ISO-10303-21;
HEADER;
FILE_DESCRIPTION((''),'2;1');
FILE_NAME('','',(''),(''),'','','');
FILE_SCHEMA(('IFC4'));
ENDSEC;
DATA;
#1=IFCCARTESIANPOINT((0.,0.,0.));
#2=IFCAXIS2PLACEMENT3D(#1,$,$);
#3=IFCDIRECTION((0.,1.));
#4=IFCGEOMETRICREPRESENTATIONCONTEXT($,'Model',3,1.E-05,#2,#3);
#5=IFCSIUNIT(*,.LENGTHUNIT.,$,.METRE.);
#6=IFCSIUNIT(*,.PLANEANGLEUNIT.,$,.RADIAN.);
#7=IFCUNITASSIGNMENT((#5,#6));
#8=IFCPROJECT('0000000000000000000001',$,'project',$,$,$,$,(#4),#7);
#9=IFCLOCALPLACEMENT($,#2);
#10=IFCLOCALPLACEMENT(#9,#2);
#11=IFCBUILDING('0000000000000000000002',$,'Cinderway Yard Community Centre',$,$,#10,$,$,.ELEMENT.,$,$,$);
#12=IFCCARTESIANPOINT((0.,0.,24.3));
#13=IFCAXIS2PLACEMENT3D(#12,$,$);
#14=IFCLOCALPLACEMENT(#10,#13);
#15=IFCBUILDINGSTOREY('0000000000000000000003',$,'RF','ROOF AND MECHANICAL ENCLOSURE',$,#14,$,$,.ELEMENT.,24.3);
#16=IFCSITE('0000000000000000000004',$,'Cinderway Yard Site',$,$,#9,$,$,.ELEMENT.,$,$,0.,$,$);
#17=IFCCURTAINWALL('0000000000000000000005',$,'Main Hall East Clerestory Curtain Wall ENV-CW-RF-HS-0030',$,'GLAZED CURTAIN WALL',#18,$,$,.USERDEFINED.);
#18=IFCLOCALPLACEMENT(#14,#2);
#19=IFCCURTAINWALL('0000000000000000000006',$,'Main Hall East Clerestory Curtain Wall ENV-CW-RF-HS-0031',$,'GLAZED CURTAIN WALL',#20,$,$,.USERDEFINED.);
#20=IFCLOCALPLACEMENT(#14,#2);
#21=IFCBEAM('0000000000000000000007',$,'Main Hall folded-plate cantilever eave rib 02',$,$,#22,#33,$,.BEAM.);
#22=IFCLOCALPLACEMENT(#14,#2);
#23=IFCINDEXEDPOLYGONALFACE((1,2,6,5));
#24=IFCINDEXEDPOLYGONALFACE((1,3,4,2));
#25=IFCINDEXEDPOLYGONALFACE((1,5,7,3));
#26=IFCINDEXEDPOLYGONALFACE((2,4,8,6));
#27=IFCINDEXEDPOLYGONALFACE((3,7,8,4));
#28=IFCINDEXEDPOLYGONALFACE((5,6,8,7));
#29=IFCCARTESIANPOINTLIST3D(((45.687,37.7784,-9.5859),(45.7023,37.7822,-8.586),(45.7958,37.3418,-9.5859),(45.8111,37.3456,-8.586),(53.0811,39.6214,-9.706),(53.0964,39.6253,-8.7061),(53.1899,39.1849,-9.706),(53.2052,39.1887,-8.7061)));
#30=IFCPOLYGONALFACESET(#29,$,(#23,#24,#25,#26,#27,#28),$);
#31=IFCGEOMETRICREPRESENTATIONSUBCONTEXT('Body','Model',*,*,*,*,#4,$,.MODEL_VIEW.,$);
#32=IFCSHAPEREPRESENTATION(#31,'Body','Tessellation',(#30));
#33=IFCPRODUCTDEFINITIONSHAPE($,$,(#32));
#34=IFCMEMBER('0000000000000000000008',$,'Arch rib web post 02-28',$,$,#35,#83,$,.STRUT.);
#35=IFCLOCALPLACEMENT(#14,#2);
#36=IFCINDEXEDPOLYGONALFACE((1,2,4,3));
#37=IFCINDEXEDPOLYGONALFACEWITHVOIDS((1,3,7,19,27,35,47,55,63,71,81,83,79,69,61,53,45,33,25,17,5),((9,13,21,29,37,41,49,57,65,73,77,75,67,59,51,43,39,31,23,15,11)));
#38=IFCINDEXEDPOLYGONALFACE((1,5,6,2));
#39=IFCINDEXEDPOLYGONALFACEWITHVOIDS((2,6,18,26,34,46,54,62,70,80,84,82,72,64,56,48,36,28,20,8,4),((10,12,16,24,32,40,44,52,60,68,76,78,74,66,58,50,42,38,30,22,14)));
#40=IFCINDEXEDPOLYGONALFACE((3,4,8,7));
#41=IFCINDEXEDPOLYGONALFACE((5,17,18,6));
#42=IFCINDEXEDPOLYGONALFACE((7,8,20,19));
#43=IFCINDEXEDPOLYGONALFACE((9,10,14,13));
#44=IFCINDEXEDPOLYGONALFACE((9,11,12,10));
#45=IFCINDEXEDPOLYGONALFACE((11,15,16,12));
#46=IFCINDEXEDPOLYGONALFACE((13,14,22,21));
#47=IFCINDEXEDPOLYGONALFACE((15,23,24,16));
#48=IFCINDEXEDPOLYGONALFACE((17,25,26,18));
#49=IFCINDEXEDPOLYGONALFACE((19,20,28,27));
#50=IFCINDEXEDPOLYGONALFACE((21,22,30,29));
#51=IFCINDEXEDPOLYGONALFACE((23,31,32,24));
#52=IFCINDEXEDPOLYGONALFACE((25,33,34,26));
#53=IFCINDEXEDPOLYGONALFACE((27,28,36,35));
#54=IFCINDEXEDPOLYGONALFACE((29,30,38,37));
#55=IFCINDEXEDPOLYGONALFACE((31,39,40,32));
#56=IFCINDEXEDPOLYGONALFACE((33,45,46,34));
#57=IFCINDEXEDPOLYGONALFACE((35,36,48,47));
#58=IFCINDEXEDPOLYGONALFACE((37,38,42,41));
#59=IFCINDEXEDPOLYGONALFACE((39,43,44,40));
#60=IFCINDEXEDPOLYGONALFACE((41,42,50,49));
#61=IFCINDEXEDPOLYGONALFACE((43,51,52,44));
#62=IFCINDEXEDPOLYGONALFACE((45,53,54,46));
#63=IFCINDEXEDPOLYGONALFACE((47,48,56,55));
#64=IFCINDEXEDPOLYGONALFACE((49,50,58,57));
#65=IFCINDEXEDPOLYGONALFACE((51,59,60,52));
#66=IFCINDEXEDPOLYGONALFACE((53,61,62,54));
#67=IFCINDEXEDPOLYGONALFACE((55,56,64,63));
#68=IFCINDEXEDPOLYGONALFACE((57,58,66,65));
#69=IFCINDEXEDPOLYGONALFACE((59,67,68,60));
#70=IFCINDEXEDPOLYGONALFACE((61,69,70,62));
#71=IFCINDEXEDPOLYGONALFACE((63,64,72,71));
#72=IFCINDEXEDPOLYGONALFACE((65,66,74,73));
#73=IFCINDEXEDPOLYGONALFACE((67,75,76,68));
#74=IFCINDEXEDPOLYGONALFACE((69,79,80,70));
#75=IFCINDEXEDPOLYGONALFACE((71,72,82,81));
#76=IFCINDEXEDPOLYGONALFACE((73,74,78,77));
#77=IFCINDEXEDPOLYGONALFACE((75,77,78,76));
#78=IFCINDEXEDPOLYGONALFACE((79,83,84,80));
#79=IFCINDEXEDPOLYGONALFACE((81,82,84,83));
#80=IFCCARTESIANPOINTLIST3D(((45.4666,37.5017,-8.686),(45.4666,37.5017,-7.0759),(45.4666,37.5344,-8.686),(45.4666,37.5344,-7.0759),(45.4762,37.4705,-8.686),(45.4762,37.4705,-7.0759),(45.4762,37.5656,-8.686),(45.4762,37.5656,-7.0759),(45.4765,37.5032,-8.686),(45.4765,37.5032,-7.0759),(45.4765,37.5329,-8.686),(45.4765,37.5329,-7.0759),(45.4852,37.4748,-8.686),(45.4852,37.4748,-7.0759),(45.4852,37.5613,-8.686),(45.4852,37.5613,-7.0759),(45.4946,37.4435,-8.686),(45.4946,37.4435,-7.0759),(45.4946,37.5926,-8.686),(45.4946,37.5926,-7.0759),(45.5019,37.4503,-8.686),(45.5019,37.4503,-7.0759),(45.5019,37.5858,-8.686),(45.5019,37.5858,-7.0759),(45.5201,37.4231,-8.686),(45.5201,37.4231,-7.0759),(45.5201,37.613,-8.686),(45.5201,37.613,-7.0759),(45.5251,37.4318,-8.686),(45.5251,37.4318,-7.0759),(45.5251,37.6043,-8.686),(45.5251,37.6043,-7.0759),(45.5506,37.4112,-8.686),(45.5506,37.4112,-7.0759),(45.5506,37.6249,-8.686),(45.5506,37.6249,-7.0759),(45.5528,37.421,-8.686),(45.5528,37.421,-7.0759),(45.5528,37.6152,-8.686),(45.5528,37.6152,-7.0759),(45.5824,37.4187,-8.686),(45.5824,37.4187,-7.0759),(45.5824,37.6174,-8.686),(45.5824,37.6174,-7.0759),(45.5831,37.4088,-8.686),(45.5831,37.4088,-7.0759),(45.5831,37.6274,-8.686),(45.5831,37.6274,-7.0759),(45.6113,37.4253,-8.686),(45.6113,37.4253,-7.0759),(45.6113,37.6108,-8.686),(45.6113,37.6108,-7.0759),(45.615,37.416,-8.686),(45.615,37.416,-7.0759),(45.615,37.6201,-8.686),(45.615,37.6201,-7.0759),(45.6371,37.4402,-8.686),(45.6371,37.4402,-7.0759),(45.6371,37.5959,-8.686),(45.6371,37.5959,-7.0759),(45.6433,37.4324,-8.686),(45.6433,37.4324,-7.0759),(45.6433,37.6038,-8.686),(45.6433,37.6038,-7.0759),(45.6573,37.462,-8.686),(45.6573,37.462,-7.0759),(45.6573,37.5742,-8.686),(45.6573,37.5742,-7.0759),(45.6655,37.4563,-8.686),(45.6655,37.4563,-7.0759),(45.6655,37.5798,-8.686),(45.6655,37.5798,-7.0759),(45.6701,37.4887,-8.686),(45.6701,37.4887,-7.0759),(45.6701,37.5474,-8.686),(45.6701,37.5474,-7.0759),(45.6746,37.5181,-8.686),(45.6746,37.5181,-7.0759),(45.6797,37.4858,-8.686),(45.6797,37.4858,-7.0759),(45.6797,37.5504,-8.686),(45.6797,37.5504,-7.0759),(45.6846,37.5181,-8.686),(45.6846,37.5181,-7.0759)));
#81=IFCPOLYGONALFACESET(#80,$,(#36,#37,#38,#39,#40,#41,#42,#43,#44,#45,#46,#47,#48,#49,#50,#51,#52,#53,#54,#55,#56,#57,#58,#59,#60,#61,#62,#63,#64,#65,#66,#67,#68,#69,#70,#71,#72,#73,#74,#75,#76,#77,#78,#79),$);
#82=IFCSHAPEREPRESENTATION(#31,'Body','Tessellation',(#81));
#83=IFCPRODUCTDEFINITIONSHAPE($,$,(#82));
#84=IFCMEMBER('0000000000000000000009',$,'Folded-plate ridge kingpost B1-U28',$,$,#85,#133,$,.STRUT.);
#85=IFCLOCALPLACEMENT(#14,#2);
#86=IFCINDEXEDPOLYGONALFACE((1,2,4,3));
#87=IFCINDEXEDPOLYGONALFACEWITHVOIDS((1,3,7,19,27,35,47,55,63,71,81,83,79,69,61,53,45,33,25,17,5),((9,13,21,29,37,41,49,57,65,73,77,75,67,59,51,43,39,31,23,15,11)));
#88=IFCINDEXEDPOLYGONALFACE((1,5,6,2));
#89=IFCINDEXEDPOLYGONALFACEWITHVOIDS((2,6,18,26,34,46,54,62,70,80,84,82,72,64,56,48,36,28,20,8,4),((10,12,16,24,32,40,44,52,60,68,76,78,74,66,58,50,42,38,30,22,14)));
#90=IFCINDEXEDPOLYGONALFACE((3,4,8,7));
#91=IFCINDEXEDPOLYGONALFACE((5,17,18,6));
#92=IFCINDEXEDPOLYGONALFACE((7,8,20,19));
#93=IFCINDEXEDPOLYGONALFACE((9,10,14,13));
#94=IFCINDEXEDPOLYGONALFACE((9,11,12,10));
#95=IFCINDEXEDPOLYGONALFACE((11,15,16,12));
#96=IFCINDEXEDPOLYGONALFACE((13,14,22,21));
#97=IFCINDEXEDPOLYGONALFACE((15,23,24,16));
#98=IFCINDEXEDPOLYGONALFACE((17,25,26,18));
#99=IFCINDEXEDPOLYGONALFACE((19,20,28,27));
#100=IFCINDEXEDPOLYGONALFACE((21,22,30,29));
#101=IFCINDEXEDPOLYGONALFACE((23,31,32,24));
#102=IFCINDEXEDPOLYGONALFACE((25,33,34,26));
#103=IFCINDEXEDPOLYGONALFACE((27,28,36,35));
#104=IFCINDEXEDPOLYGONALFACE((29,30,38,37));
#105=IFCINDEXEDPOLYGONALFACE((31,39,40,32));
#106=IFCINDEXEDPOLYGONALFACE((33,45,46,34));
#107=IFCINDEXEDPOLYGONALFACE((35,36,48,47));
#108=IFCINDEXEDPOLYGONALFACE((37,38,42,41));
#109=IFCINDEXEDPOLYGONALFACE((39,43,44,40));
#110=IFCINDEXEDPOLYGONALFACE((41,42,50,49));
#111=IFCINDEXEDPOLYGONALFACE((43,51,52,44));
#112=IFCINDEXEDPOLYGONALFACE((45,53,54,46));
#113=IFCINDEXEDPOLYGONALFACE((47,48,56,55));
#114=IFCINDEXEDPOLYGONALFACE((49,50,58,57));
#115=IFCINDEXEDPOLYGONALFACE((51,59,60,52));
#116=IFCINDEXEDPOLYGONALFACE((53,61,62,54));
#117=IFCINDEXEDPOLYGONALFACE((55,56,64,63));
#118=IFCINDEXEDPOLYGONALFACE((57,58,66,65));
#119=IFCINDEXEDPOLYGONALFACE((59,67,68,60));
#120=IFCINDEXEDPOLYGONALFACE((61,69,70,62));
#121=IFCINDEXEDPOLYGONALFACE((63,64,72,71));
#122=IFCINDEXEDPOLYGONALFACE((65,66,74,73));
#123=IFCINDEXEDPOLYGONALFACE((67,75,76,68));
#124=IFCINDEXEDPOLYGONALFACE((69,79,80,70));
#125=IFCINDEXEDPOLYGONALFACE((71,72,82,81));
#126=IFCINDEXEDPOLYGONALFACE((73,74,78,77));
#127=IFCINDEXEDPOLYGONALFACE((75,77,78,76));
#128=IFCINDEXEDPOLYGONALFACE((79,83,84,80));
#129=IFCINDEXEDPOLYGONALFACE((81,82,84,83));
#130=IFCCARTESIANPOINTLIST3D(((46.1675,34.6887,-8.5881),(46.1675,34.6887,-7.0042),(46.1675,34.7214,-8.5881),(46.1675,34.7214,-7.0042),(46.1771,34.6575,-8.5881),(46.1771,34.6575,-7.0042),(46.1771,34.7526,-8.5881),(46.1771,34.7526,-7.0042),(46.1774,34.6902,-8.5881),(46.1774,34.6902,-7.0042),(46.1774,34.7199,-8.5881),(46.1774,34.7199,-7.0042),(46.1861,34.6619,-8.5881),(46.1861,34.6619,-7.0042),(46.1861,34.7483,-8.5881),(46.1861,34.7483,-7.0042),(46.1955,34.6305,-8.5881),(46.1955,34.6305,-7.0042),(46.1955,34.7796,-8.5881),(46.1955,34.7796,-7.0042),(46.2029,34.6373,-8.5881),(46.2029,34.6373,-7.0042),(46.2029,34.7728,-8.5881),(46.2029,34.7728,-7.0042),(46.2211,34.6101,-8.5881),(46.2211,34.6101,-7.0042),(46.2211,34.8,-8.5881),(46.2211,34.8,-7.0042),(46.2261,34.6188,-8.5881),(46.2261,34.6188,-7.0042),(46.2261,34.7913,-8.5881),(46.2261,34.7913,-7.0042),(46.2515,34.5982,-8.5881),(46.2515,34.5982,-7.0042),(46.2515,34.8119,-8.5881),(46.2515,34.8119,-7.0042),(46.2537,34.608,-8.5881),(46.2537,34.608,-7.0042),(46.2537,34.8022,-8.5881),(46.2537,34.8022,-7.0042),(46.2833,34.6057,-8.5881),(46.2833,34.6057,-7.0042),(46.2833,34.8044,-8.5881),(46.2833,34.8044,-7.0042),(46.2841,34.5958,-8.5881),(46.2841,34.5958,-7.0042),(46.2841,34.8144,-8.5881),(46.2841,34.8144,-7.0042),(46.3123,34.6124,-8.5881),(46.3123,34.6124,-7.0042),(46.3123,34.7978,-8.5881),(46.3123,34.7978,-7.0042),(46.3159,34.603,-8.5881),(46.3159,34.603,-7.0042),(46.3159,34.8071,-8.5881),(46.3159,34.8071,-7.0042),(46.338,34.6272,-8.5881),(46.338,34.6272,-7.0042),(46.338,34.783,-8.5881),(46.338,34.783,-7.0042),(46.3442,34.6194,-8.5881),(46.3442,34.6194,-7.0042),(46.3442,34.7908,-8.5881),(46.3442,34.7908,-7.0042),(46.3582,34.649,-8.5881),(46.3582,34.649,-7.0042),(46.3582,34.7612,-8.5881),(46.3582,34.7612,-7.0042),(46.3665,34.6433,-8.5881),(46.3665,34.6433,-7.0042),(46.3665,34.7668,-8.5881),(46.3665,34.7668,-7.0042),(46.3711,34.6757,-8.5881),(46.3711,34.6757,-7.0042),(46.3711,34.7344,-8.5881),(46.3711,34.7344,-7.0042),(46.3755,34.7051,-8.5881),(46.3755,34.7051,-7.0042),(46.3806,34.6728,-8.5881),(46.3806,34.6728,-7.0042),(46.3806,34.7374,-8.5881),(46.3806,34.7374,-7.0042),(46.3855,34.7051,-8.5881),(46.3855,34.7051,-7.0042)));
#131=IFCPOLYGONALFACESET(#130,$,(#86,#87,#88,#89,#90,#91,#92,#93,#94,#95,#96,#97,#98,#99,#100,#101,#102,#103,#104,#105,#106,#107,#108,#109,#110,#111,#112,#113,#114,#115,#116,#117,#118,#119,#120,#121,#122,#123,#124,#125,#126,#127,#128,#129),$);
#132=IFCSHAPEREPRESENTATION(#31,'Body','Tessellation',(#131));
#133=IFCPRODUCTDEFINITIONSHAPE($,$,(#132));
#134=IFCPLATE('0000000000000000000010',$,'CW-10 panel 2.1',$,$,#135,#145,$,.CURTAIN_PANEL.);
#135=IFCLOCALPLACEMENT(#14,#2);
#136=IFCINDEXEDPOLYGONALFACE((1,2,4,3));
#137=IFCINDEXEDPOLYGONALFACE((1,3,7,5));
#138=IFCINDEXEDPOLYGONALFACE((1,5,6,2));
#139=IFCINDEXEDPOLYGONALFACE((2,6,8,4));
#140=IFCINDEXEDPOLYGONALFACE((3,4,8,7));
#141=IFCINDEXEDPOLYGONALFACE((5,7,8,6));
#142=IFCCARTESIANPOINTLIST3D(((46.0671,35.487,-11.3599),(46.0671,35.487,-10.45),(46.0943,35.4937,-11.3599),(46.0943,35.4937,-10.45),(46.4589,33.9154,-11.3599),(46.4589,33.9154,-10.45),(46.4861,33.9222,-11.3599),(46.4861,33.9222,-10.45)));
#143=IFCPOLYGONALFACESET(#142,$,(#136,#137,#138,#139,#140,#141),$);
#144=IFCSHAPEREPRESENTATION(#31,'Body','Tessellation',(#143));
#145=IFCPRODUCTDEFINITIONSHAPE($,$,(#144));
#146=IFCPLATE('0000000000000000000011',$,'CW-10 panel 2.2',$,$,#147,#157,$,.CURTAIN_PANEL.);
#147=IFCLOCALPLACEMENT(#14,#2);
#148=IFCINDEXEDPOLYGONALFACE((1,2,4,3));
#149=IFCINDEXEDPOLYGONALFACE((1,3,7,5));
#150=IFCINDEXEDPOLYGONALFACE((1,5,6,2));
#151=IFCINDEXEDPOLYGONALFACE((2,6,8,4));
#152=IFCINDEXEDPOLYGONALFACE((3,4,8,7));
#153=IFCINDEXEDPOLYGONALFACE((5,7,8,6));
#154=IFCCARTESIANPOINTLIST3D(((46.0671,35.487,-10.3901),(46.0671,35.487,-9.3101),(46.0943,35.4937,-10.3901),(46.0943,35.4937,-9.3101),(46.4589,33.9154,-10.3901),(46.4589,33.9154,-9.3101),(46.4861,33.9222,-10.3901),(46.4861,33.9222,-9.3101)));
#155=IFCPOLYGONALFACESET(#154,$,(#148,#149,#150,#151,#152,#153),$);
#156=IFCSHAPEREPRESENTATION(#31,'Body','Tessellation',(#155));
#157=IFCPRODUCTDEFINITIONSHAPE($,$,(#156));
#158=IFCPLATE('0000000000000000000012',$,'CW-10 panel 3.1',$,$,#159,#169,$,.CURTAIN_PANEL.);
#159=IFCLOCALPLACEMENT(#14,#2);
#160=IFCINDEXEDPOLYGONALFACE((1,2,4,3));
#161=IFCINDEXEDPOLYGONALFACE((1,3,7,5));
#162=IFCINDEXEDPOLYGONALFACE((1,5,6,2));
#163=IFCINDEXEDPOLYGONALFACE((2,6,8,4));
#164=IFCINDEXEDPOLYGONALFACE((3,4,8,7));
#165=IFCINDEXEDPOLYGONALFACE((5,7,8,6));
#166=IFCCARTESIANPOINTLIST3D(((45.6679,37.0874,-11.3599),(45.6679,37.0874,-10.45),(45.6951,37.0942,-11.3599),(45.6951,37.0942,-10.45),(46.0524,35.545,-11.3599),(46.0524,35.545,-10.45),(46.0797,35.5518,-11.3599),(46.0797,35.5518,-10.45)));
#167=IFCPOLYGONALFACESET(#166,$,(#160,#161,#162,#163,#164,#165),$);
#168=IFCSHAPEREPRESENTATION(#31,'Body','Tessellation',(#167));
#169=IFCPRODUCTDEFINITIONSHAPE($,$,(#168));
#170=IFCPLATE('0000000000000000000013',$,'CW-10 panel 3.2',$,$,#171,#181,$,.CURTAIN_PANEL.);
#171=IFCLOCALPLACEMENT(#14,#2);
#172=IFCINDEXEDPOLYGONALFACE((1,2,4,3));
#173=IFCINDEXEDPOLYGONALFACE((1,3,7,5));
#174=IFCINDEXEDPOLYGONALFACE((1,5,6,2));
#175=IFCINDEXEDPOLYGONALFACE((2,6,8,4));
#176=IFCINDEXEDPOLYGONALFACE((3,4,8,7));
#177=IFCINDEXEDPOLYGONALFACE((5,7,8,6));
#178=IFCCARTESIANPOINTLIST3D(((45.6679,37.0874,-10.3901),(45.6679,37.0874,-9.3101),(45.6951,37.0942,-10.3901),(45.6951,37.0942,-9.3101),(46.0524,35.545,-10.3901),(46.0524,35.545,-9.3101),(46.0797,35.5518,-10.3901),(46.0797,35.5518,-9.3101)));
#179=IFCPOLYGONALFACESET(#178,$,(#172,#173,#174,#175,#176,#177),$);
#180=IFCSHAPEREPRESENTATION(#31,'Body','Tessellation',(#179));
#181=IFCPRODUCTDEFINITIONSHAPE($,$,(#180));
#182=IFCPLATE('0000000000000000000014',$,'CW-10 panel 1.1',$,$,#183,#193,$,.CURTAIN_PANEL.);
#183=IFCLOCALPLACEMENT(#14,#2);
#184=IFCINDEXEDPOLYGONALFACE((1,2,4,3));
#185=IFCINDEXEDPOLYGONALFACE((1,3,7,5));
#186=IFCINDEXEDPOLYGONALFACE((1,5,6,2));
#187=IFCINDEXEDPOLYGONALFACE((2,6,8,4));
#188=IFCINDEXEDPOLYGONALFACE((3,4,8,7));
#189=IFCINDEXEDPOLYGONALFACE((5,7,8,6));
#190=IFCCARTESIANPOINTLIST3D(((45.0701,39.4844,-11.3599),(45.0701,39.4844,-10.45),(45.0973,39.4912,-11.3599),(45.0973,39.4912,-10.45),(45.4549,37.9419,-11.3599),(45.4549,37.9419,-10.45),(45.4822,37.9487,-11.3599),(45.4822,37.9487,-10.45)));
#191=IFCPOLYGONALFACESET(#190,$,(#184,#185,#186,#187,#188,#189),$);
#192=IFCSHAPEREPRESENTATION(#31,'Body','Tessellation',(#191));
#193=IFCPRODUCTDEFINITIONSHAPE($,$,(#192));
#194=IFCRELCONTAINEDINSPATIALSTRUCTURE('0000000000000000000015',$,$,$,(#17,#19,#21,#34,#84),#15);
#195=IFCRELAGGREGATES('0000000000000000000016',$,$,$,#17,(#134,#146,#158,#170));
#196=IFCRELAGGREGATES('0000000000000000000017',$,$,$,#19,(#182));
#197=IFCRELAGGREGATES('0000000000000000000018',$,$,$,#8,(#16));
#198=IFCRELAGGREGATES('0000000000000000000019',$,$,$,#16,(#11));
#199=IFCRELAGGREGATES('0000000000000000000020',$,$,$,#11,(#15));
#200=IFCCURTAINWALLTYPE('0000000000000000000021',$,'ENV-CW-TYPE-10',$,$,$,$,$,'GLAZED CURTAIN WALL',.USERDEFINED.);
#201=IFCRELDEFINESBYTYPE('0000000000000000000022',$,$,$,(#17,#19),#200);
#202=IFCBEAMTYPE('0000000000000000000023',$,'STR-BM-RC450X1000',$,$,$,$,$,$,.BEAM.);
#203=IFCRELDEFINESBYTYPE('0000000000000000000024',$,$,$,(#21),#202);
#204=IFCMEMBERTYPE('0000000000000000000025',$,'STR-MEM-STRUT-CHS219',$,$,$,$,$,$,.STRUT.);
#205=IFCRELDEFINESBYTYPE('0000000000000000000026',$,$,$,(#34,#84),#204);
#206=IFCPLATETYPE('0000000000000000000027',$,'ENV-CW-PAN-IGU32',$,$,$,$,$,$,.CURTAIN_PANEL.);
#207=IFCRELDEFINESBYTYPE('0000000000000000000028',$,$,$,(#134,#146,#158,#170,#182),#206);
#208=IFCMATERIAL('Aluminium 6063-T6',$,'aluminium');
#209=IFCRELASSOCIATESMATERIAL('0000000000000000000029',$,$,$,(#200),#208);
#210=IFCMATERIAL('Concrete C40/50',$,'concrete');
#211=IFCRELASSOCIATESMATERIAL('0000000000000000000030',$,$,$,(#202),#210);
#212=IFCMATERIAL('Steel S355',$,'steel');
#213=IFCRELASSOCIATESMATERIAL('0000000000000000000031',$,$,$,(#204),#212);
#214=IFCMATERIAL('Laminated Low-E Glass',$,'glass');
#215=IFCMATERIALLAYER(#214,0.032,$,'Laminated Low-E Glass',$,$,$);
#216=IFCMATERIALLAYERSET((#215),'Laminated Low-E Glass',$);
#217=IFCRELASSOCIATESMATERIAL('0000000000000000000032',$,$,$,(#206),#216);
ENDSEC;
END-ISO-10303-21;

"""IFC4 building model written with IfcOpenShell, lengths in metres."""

from ifc_helpers import new_model, si_unit, direction, frame, origin, origin_2d, place, context, subcontext, project, spatial, rectangle, hollow_circle, extrude, material, layer, layer_set, material_profile, profile_set, type_object, element, aggregate, save


model = new_model("IFC4")

# Units and contexts
model_context = context("Model", 3, precision=1e-05, world=origin(), true_north=direction((0.0, 1.0)))
body_context = subcontext(model_context, "Body", "Model", "MODEL_VIEW")
ifc_project = project(units=[si_unit("LENGTHUNIT", "METRE"), si_unit("PLANEANGLEUNIT", "RADIAN")], contexts=[model_context])

# Site, building, storey
site_placement = place(None, origin())
site = spatial("IfcSite", under=ifc_project, at=site_placement, Name="Cinderway Yard Site", CompositionType="ELEMENT", RefElevation=0.0)
building_placement = place(site_placement, origin())
building = spatial("IfcBuilding", under=site, at=building_placement, Name="Cinderway Yard Community Centre", CompositionType="ELEMENT")
storey_placement = place(building_placement, frame((0.0, 0.0, 24.3)))
storey = spatial("IfcBuildingStorey", under=building, at=storey_placement, Name="RF", Description="ROOF AND MECHANICAL ENCLOSURE", CompositionType="ELEMENT", Elevation=24.3)

# Shared definitions
ifc_material_1 = material(Name="Steel S355", Category="steel")

# Curtain wall
ifc_material_2 = material(Name="Aluminium 6063-T6", Category="aluminium")
curtain_wall_type = type_object("IfcCurtainWallType", Name="ENV-CW-TYPE-10", ElementType="GLAZED CURTAIN WALL", PredefinedType="USERDEFINED", material=ifc_material_2)
curtain_wall_1_placement = place(storey_placement, origin())
curtain_wall_1 = element("IfcCurtainWall", 1, at=curtain_wall_1_placement, inside=storey, type_object=curtain_wall_type, Name="Main Hall East Clerestory Curtain Wall ENV-CW-RF-HS-0030", ObjectType="GLAZED CURTAIN WALL", PredefinedType="USERDEFINED")

# Curtain wall
curtain_wall_2_placement = place(storey_placement, origin())
curtain_wall_2 = element("IfcCurtainWall", 2, at=curtain_wall_2_placement, inside=storey, type_object=curtain_wall_type, Name="Main Hall East Clerestory Curtain Wall ENV-CW-RF-HS-0031", ObjectType="GLAZED CURTAIN WALL", PredefinedType="USERDEFINED")

# Beam
ifc_material_3 = material(Name="Concrete C40/50", Category="concrete")
ifc_material_profile_1 = material_profile(ifc_material_3, rectangle(XDim=0.45, YDim=1.0, at=origin_2d()), Name="Concrete C40/50")
ifc_profile_set_1 = profile_set([ifc_material_profile_1], Name="Concrete C40/50")
beam_type_1 = type_object("IfcBeamType", Name="STR-BM-RC450X1000", PredefinedType="BEAM", material=ifc_profile_set_1)
beam_1_placement = place(storey_placement, frame((45.749, 37.562, -9.0859), z_axis=(0.970191, 0.241827, -0.015761), x_axis=(-0.241857, 0.970312, 0.0)))
element("IfcBeam", 3, at=beam_1_placement, inside=storey, type_object=beam_type_1, Name="Main Hall folded-plate cantilever eave rib 02", PredefinedType="BEAM", context=body_context, shape_type="SweptSolid", body=[
    extrude(rectangle(XDim=0.45, YDim=1.0, at=origin_2d()), origin(), (0.0, 0.0, 1.0), 7.6213),
])

# Members
ifc_material_profile_2 = material_profile(ifc_material_1, hollow_circle(Radius=0.1096, WallThickness=0.01, at=origin_2d()), Name="Steel S355")
ifc_profile_set_2 = profile_set([ifc_material_profile_2], Name="Steel S355")
member_type_1 = type_object("IfcMemberType", Name="STR-MEM-STRUT-CHS219", PredefinedType="STRUT", material=ifc_profile_set_2)
member_1_placement = place(storey_placement, frame((45.575, 37.5181, -8.686), z_axis=(0.0, 0.0, 1.0), x_axis=(1.0, 0.0, 0.0)))
element("IfcMember", 4, at=member_1_placement, inside=storey, type_object=member_type_1, Name="Arch rib web post 02-28", PredefinedType="STRUT", context=body_context, shape_type="SweptSolid", body=[
    extrude(hollow_circle(Radius=0.1096, WallThickness=0.01, at=origin_2d()), origin(), (0.0, 0.0, 1.0), 1.6101),
])
member_2_placement = place(storey_placement, frame((46.2759, 34.7051, -8.5881), z_axis=(0.0, 0.0, 1.0), x_axis=(1.0, 0.0, 0.0)))
element("IfcMember", 5, at=member_2_placement, inside=storey, type_object=member_type_1, Name="Folded-plate ridge kingpost B1-U28", PredefinedType="STRUT", context=body_context, shape_type="SweptSolid", body=[
    extrude(hollow_circle(Radius=0.1096, WallThickness=0.01, at=origin_2d()), origin(), (0.0, 0.0, 1.0), 1.584),
])

# Plates
ifc_material_4 = material(Name="Laminated Low-E Glass", Category="glass")
ifc_layer_1 = layer(ifc_material_4, 0.032, Name="Laminated Low-E Glass")
ifc_layer_set_1 = layer_set([ifc_layer_1], Name="Laminated Low-E Glass")
plate_type_1 = type_object("IfcPlateType", Name="ENV-CW-PAN-IGU32", PredefinedType="CURTAIN_PANEL", material=ifc_layer_set_1)
plate_1_placement = place(storey_placement, frame((46.2766, 34.7046, -11.3599), z_axis=(0.0, 0.0, 1.0), x_axis=(-0.241929, 0.970294, 0.0)))
plate_1 = element("IfcPlate", 6, at=plate_1_placement, type_object=plate_type_1, Name="CW-10 panel 2.1", PredefinedType="CURTAIN_PANEL", context=body_context, shape_type="SweptSolid", body=[
    extrude(rectangle(XDim=1.6196, YDim=0.0281, at=origin_2d()), origin(), (0.0, 0.0, 1.0), 0.9099),
])
plate_2_placement = place(storey_placement, frame((46.2766, 34.7046, -10.3901), z_axis=(0.0, 0.0, 1.0), x_axis=(-0.241929, 0.970294, 0.0)))
plate_2 = element("IfcPlate", 7, at=plate_2_placement, type_object=plate_type_1, Name="CW-10 panel 2.2", PredefinedType="CURTAIN_PANEL", context=body_context, shape_type="SweptSolid", body=[
    extrude(rectangle(XDim=1.6196, YDim=0.0281, at=origin_2d()), origin(), (0.0, 0.0, 1.0), 1.0801),
])
plate_3_placement = place(storey_placement, frame((45.8738, 36.3196, -11.3599), z_axis=(0.0, 0.0, 1.0), x_axis=(-0.241929, 0.970294, 0.0)))
plate_3 = element("IfcPlate", 8, at=plate_3_placement, type_object=plate_type_1, Name="CW-10 panel 3.1", PredefinedType="CURTAIN_PANEL", context=body_context, shape_type="SweptSolid", body=[
    extrude(rectangle(XDim=1.5896, YDim=0.0281, at=origin_2d()), origin(), (0.0, 0.0, 1.0), 0.9099),
])
plate_4_placement = place(storey_placement, frame((45.8738, 36.3196, -10.3901), z_axis=(0.0, 0.0, 1.0), x_axis=(-0.241929, 0.970294, 0.0)))
plate_4 = element("IfcPlate", 9, at=plate_4_placement, type_object=plate_type_1, Name="CW-10 panel 3.2", PredefinedType="CURTAIN_PANEL", context=body_context, shape_type="SweptSolid", body=[
    extrude(rectangle(XDim=1.5896, YDim=0.0281, at=origin_2d()), origin(), (0.0, 0.0, 1.0), 1.0801),
])
aggregate(curtain_wall_1, [plate_1, plate_2, plate_3, plate_4])
plate_5_placement = place(storey_placement, frame((45.2761, 38.7166, -11.3599), z_axis=(0.0, 0.0, 1.0), x_axis=(-0.242069, 0.970259, 0.0)))
plate_5 = element("IfcPlate", 10, at=plate_5_placement, type_object=plate_type_1, Name="CW-10 panel 1.1", PredefinedType="CURTAIN_PANEL", context=body_context, shape_type="SweptSolid", body=[
    extrude(rectangle(XDim=1.5898, YDim=0.0281, at=origin_2d()), origin(), (0.0, 0.0, 1.0), 0.9099),
])
aggregate(curtain_wall_2, [plate_5])

save(model, "model.ifc")
